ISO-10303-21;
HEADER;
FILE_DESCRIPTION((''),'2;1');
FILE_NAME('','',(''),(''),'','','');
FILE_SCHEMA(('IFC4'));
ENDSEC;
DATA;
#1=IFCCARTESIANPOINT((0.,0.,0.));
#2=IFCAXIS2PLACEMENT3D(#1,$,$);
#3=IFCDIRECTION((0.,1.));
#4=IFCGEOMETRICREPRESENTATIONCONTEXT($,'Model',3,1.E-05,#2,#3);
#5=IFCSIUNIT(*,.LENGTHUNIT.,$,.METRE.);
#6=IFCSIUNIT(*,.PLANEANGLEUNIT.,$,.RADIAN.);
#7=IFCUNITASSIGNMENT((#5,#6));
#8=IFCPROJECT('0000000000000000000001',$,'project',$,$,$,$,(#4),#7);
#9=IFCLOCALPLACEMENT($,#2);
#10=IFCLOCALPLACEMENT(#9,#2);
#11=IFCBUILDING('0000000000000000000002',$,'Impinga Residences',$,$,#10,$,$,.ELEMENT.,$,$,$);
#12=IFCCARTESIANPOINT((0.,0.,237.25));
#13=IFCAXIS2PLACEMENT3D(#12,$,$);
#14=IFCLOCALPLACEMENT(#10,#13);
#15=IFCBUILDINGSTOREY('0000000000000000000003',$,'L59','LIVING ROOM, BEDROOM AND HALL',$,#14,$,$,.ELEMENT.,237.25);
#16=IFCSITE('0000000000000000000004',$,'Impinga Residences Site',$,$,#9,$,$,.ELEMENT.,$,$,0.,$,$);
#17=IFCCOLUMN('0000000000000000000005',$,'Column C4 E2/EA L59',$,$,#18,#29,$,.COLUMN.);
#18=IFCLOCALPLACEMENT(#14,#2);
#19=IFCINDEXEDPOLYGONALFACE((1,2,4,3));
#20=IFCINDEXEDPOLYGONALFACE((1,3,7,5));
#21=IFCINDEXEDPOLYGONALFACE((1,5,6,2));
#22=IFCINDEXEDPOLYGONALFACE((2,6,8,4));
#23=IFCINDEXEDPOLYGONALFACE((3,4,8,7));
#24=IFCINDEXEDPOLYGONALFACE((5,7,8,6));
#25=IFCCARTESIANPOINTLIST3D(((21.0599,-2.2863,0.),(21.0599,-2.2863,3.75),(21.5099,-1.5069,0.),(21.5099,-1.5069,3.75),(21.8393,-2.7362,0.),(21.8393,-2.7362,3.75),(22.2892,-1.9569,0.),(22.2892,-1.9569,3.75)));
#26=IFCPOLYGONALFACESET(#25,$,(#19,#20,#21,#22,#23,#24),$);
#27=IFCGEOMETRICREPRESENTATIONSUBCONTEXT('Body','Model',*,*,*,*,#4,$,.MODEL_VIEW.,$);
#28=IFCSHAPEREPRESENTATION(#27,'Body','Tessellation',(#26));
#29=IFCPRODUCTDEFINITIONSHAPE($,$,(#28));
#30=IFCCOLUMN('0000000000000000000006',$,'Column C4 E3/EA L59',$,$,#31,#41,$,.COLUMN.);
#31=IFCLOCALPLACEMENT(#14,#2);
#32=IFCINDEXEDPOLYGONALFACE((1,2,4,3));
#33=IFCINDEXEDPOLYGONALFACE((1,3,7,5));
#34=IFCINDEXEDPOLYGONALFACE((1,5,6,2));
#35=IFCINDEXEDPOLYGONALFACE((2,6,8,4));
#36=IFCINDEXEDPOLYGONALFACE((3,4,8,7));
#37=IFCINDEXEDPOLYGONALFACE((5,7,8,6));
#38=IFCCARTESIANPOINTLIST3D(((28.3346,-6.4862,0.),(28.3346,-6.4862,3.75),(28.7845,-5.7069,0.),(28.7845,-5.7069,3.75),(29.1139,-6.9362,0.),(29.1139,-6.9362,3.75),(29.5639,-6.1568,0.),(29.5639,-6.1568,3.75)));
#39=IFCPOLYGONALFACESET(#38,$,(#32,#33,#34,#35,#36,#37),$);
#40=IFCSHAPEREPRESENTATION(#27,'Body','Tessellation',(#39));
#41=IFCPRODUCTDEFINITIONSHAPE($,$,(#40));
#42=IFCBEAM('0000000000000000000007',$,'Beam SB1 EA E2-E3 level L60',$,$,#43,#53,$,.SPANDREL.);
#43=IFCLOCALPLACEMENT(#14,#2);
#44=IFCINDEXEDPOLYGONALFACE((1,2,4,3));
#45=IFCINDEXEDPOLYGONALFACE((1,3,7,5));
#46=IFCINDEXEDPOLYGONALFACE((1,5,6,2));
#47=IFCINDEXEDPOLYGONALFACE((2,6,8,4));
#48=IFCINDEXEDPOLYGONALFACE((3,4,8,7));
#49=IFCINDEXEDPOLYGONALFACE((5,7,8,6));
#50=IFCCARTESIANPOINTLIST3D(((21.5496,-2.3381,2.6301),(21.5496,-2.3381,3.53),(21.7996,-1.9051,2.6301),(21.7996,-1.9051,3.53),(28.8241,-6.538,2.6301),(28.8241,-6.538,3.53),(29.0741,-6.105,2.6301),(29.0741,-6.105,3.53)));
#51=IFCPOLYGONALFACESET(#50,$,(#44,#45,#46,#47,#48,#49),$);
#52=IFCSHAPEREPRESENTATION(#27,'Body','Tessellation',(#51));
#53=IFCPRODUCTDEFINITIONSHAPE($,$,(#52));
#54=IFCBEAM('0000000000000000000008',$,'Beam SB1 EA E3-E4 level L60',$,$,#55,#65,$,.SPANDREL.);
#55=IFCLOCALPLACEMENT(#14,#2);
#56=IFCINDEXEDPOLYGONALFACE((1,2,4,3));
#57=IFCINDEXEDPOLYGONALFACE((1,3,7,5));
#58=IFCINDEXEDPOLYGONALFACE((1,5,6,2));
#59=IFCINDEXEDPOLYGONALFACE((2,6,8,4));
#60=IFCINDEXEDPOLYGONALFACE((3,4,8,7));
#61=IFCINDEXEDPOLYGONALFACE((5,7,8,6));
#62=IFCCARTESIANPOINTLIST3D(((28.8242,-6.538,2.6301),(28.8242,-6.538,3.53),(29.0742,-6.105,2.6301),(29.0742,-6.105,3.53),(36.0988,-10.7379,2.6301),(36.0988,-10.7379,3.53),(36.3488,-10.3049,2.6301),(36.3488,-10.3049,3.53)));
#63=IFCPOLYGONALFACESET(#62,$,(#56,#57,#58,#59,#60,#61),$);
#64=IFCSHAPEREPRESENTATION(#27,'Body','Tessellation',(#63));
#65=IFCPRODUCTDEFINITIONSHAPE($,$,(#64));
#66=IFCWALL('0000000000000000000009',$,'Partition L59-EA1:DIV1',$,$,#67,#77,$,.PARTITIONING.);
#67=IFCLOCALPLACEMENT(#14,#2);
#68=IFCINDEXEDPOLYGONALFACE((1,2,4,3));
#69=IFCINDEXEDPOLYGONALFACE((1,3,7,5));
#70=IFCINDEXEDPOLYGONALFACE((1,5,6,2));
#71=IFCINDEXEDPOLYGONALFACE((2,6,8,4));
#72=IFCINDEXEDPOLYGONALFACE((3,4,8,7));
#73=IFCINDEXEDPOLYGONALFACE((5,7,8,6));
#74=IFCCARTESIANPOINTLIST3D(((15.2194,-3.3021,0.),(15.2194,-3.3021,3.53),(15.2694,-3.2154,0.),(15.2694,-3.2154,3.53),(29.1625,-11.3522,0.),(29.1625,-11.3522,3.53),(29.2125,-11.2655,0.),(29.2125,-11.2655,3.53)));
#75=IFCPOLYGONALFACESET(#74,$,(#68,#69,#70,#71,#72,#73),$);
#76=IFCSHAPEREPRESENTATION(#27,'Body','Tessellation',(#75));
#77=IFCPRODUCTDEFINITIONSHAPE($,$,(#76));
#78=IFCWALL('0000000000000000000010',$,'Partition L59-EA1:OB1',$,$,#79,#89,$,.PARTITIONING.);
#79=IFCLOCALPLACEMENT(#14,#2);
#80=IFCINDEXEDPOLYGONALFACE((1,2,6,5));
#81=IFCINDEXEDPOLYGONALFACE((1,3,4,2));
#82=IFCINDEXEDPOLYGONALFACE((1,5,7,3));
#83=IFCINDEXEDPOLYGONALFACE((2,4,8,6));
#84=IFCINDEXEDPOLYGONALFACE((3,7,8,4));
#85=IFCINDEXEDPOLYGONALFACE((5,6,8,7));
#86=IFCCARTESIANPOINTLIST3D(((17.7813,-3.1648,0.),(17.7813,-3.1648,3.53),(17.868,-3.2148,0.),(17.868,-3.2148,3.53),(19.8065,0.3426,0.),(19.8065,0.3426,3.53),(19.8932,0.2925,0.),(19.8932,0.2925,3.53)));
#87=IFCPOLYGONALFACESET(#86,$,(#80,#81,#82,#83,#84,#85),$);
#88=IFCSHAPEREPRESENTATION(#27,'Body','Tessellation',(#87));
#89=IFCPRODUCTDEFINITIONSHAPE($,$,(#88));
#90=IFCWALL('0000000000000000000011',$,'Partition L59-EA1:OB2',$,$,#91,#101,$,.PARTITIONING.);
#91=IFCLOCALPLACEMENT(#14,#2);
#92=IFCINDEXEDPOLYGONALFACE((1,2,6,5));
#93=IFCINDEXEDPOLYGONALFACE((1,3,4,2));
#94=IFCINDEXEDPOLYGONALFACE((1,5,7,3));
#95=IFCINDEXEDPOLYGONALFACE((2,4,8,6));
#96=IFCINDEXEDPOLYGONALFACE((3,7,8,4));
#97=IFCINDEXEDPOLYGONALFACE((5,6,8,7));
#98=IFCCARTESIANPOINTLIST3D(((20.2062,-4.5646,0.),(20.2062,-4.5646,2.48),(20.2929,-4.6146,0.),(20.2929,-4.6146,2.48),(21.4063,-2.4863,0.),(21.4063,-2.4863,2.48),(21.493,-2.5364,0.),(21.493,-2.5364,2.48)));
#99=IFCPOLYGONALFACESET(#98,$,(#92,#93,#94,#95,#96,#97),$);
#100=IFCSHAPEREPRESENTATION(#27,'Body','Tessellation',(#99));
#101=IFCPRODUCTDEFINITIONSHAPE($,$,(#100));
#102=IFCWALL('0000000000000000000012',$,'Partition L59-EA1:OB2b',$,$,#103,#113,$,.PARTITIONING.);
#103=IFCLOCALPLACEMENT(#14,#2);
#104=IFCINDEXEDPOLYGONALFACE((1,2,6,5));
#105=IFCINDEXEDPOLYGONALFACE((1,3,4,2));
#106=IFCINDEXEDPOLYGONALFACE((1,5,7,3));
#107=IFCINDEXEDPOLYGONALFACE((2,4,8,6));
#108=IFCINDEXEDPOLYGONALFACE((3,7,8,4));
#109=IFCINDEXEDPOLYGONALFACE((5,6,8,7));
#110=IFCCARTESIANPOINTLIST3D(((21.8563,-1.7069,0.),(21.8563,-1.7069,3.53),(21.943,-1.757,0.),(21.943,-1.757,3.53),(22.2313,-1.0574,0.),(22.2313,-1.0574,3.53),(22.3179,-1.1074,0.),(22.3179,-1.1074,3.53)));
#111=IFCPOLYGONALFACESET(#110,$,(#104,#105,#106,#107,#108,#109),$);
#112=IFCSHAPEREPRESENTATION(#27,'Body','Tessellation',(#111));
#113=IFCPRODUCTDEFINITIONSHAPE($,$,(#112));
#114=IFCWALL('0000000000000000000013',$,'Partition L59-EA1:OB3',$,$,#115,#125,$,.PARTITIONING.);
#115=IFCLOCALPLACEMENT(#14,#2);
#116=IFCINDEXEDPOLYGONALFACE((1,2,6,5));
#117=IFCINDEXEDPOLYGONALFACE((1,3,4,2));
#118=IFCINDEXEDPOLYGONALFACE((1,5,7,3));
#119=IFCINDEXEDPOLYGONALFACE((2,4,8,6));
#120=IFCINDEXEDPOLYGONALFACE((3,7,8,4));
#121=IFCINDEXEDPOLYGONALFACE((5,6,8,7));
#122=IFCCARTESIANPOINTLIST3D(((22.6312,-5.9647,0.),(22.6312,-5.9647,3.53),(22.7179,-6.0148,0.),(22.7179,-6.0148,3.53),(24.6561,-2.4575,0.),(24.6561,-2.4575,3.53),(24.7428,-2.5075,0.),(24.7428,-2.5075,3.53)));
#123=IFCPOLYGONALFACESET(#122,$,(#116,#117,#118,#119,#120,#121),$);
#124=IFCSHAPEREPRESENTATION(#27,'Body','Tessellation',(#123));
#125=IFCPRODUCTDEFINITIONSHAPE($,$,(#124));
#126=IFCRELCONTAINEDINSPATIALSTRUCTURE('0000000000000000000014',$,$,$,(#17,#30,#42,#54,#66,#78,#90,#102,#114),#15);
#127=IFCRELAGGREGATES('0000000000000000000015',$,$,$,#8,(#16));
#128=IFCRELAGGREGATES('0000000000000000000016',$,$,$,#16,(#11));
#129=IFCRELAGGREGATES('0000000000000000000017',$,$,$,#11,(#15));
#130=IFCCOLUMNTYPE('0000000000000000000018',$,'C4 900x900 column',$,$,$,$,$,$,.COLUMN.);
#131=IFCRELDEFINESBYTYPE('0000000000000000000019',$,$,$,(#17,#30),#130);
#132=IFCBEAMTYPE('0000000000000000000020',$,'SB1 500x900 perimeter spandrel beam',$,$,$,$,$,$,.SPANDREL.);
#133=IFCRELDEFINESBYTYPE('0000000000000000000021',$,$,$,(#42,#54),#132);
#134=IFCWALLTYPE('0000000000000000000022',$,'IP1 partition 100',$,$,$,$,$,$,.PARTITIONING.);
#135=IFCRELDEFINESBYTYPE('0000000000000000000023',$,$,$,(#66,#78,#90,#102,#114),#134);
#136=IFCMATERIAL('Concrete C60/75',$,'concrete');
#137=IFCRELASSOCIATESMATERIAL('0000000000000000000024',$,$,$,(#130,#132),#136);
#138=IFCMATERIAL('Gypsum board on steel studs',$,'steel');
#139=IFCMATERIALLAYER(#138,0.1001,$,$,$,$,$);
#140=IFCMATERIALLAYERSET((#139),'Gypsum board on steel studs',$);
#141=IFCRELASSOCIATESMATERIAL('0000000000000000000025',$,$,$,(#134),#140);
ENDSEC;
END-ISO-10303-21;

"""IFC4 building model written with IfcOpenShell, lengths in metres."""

from ifc_helpers import new_model, si_unit, direction, frame, frame_2d, origin, origin_2d, place, context, subcontext, project, spatial, rectangle, extrude, material, layer, layer_set, material_profile, profile_set, type_object, element, save


model = new_model("IFC4")

# Units and contexts
model_context = context("Model", 3, precision=1e-05, world=origin(), true_north=direction((0.0, 1.0)))
body_context = subcontext(model_context, "Body", "Model", "MODEL_VIEW")
ifc_project = project(units=[si_unit("LENGTHUNIT", "METRE"), si_unit("PLANEANGLEUNIT", "RADIAN")], contexts=[model_context])

# Site, building, storey
site_placement = place(None, origin())
site = spatial("IfcSite", under=ifc_project, at=site_placement, Name="Impinga Residences Site", CompositionType="ELEMENT", RefElevation=0.0)
building_placement = place(site_placement, origin())
building = spatial("IfcBuilding", under=site, at=building_placement, Name="Impinga Residences", CompositionType="ELEMENT")
storey_placement = place(building_placement, frame((0.0, 0.0, 237.25)))
storey = spatial("IfcBuildingStorey", under=building, at=storey_placement, Name="L59", Description="LIVING ROOM, BEDROOM AND HALL", CompositionType="ELEMENT", Elevation=237.25)

# Columns
ifc_material_1 = material(Name="Concrete C60/75", Category="concrete")
ifc_material_profile_1 = material_profile(ifc_material_1, rectangle(XDim=0.8999, YDim=0.8999, at=origin_2d()), Name="RC 900x900")
ifc_profile_set_1 = profile_set([ifc_material_profile_1], Name="Concrete C60/75")
column_type = type_object("IfcColumnType", Name="C4 900x900 column", PredefinedType="COLUMN", material=ifc_profile_set_1)
for number, where, z_axis, x_axis, name in (
    (1, (21.6746, -2.1216, 0.0), (0.0, 0.0, 1.0), (-0.5, -0.866025, 0.0), "Column C4 E2/EA L59"),
    (2, (28.9492, -6.3215, 0.0), (0.0, 0.0, 1.0), (-0.5, -0.866025, 0.0), "Column C4 E3/EA L59"),
):
    element("IfcColumn", number, at=place(storey_placement, frame(where, z_axis=z_axis, x_axis=x_axis)), inside=storey, type_object=column_type, Name=name, PredefinedType="COLUMN", context=body_context, shape_type="SweptSolid", body=[
        extrude(rectangle(XDim=0.8999, YDim=0.8999, at=origin_2d()), origin(), (0.0, 0.0, 1.0), 3.75),
    ])

# Beams
ifc_material_profile_2 = material_profile(ifc_material_1, rectangle(XDim=0.5, YDim=0.8999, at=origin_2d()), Name="RC 500x900")
ifc_profile_set_2 = profile_set([ifc_material_profile_2], Name="Concrete C60/75")
beam_type = type_object("IfcBeamType", Name="SB1 500x900 perimeter spandrel beam", PredefinedType="SPANDREL", material=ifc_profile_set_2)
for number, where, z_axis, x_axis, name in (
    (3, (21.6746, -2.1216, 3.0801), (0.866029, -0.499993, 0.0), (0.499993, 0.866029, 0.0), "Beam SB1 EA E2-E3 level L60"),
    (4, (28.9492, -6.3215, 3.0801), (0.866029, -0.499993, 0.0), (0.499993, 0.866029, 0.0), "Beam SB1 EA E3-E4 level L60"),
):
    element("IfcBeam", number, at=place(storey_placement, frame(where, z_axis=z_axis, x_axis=x_axis)), inside=storey, type_object=beam_type, Name=name, PredefinedType="SPANDREL", context=body_context, shape_type="SweptSolid", body=[
        extrude(rectangle(XDim=0.5, YDim=0.8999, at=origin_2d()), origin(), (0.0, 0.0, 1.0), 8.3999),
    ])

# Walls
ifc_material_2 = material(Name="Gypsum board on steel studs", Category="steel")
ifc_layer = layer(ifc_material_2, 0.1001)
ifc_layer_set = layer_set([ifc_layer], Name="Gypsum board on steel studs")
wall_type = type_object("IfcWallType", Name="IP1 partition 100", PredefinedType="PARTITIONING", material=ifc_layer_set)
wall_1_placement = place(storey_placement, frame((15.2444, -3.2588, 0.0), z_axis=(0.0, 0.0, 1.0), x_axis=(0.866026, -0.499999, 0.0)))
element("IfcWall", 5, at=wall_1_placement, inside=storey, type_object=wall_type, Name="Partition L59-EA1:DIV1", PredefinedType="PARTITIONING", context=body_context, shape_type="SweptSolid", body=[
    extrude(rectangle(XDim=16.1001, YDim=0.1001, at=frame_2d((8.05, 0.0))), origin(), (0.0, 0.0, 1.0), 3.53),
])
wall_2_placement = place(storey_placement, frame((17.8247, -3.1897, 0.0), z_axis=(0.0, 0.0, 1.0), x_axis=(0.500036, 0.866005, 0.0)))
element("IfcWall", 6, at=wall_2_placement, inside=storey, type_object=wall_type, Name="Partition L59-EA1:OB1", PredefinedType="PARTITIONING", context=body_context, shape_type="SweptSolid", body=[
    extrude(rectangle(XDim=4.05, YDim=0.1001, at=frame_2d((2.0249, 0.0))), origin(), (0.0, 0.0, 1.0), 3.53),
])
wall_3_placement = place(storey_placement, frame((20.2495, -4.5896, 0.0), z_axis=(0.0, 0.0, 1.0), x_axis=(0.500078, 0.865981, 0.0)))
element("IfcWall", 7, at=wall_3_placement, inside=storey, type_object=wall_type, Name="Partition L59-EA1:OB2", PredefinedType="PARTITIONING", context=body_context, shape_type="SweptSolid", body=[
    extrude(rectangle(XDim=2.3999, YDim=0.1001, at=frame_2d((1.2, 0.0))), origin(), (0.0, 0.0, 1.0), 2.48),
])
wall_4_placement = place(storey_placement, frame((21.8997, -1.7319, 0.0), z_axis=(0.0, 0.0, 1.0), x_axis=(0.49992, 0.866072, 0.0)))
element("IfcWall", 8, at=wall_4_placement, inside=storey, type_object=wall_type, Name="Partition L59-EA1:OB2b", PredefinedType="PARTITIONING", context=body_context, shape_type="SweptSolid", body=[
    extrude(rectangle(XDim=0.75, YDim=0.1001, at=frame_2d((0.375, 0.0))), origin(), (0.0, 0.0, 1.0), 3.53),
])
wall_5_placement = place(storey_placement, frame((22.6746, -5.9897, 0.0), z_axis=(0.0, 0.0, 1.0), x_axis=(0.49999, 0.866031, 0.0)))
element("IfcWall", 9, at=wall_5_placement, inside=storey, type_object=wall_type, Name="Partition L59-EA1:OB3", PredefinedType="PARTITIONING", context=body_context, shape_type="SweptSolid", body=[
    extrude(rectangle(XDim=4.0498, YDim=0.1001, at=frame_2d((2.0249, 0.0))), origin(), (0.0, 0.0, 1.0), 3.53),
])

save(model, "model.ifc")
